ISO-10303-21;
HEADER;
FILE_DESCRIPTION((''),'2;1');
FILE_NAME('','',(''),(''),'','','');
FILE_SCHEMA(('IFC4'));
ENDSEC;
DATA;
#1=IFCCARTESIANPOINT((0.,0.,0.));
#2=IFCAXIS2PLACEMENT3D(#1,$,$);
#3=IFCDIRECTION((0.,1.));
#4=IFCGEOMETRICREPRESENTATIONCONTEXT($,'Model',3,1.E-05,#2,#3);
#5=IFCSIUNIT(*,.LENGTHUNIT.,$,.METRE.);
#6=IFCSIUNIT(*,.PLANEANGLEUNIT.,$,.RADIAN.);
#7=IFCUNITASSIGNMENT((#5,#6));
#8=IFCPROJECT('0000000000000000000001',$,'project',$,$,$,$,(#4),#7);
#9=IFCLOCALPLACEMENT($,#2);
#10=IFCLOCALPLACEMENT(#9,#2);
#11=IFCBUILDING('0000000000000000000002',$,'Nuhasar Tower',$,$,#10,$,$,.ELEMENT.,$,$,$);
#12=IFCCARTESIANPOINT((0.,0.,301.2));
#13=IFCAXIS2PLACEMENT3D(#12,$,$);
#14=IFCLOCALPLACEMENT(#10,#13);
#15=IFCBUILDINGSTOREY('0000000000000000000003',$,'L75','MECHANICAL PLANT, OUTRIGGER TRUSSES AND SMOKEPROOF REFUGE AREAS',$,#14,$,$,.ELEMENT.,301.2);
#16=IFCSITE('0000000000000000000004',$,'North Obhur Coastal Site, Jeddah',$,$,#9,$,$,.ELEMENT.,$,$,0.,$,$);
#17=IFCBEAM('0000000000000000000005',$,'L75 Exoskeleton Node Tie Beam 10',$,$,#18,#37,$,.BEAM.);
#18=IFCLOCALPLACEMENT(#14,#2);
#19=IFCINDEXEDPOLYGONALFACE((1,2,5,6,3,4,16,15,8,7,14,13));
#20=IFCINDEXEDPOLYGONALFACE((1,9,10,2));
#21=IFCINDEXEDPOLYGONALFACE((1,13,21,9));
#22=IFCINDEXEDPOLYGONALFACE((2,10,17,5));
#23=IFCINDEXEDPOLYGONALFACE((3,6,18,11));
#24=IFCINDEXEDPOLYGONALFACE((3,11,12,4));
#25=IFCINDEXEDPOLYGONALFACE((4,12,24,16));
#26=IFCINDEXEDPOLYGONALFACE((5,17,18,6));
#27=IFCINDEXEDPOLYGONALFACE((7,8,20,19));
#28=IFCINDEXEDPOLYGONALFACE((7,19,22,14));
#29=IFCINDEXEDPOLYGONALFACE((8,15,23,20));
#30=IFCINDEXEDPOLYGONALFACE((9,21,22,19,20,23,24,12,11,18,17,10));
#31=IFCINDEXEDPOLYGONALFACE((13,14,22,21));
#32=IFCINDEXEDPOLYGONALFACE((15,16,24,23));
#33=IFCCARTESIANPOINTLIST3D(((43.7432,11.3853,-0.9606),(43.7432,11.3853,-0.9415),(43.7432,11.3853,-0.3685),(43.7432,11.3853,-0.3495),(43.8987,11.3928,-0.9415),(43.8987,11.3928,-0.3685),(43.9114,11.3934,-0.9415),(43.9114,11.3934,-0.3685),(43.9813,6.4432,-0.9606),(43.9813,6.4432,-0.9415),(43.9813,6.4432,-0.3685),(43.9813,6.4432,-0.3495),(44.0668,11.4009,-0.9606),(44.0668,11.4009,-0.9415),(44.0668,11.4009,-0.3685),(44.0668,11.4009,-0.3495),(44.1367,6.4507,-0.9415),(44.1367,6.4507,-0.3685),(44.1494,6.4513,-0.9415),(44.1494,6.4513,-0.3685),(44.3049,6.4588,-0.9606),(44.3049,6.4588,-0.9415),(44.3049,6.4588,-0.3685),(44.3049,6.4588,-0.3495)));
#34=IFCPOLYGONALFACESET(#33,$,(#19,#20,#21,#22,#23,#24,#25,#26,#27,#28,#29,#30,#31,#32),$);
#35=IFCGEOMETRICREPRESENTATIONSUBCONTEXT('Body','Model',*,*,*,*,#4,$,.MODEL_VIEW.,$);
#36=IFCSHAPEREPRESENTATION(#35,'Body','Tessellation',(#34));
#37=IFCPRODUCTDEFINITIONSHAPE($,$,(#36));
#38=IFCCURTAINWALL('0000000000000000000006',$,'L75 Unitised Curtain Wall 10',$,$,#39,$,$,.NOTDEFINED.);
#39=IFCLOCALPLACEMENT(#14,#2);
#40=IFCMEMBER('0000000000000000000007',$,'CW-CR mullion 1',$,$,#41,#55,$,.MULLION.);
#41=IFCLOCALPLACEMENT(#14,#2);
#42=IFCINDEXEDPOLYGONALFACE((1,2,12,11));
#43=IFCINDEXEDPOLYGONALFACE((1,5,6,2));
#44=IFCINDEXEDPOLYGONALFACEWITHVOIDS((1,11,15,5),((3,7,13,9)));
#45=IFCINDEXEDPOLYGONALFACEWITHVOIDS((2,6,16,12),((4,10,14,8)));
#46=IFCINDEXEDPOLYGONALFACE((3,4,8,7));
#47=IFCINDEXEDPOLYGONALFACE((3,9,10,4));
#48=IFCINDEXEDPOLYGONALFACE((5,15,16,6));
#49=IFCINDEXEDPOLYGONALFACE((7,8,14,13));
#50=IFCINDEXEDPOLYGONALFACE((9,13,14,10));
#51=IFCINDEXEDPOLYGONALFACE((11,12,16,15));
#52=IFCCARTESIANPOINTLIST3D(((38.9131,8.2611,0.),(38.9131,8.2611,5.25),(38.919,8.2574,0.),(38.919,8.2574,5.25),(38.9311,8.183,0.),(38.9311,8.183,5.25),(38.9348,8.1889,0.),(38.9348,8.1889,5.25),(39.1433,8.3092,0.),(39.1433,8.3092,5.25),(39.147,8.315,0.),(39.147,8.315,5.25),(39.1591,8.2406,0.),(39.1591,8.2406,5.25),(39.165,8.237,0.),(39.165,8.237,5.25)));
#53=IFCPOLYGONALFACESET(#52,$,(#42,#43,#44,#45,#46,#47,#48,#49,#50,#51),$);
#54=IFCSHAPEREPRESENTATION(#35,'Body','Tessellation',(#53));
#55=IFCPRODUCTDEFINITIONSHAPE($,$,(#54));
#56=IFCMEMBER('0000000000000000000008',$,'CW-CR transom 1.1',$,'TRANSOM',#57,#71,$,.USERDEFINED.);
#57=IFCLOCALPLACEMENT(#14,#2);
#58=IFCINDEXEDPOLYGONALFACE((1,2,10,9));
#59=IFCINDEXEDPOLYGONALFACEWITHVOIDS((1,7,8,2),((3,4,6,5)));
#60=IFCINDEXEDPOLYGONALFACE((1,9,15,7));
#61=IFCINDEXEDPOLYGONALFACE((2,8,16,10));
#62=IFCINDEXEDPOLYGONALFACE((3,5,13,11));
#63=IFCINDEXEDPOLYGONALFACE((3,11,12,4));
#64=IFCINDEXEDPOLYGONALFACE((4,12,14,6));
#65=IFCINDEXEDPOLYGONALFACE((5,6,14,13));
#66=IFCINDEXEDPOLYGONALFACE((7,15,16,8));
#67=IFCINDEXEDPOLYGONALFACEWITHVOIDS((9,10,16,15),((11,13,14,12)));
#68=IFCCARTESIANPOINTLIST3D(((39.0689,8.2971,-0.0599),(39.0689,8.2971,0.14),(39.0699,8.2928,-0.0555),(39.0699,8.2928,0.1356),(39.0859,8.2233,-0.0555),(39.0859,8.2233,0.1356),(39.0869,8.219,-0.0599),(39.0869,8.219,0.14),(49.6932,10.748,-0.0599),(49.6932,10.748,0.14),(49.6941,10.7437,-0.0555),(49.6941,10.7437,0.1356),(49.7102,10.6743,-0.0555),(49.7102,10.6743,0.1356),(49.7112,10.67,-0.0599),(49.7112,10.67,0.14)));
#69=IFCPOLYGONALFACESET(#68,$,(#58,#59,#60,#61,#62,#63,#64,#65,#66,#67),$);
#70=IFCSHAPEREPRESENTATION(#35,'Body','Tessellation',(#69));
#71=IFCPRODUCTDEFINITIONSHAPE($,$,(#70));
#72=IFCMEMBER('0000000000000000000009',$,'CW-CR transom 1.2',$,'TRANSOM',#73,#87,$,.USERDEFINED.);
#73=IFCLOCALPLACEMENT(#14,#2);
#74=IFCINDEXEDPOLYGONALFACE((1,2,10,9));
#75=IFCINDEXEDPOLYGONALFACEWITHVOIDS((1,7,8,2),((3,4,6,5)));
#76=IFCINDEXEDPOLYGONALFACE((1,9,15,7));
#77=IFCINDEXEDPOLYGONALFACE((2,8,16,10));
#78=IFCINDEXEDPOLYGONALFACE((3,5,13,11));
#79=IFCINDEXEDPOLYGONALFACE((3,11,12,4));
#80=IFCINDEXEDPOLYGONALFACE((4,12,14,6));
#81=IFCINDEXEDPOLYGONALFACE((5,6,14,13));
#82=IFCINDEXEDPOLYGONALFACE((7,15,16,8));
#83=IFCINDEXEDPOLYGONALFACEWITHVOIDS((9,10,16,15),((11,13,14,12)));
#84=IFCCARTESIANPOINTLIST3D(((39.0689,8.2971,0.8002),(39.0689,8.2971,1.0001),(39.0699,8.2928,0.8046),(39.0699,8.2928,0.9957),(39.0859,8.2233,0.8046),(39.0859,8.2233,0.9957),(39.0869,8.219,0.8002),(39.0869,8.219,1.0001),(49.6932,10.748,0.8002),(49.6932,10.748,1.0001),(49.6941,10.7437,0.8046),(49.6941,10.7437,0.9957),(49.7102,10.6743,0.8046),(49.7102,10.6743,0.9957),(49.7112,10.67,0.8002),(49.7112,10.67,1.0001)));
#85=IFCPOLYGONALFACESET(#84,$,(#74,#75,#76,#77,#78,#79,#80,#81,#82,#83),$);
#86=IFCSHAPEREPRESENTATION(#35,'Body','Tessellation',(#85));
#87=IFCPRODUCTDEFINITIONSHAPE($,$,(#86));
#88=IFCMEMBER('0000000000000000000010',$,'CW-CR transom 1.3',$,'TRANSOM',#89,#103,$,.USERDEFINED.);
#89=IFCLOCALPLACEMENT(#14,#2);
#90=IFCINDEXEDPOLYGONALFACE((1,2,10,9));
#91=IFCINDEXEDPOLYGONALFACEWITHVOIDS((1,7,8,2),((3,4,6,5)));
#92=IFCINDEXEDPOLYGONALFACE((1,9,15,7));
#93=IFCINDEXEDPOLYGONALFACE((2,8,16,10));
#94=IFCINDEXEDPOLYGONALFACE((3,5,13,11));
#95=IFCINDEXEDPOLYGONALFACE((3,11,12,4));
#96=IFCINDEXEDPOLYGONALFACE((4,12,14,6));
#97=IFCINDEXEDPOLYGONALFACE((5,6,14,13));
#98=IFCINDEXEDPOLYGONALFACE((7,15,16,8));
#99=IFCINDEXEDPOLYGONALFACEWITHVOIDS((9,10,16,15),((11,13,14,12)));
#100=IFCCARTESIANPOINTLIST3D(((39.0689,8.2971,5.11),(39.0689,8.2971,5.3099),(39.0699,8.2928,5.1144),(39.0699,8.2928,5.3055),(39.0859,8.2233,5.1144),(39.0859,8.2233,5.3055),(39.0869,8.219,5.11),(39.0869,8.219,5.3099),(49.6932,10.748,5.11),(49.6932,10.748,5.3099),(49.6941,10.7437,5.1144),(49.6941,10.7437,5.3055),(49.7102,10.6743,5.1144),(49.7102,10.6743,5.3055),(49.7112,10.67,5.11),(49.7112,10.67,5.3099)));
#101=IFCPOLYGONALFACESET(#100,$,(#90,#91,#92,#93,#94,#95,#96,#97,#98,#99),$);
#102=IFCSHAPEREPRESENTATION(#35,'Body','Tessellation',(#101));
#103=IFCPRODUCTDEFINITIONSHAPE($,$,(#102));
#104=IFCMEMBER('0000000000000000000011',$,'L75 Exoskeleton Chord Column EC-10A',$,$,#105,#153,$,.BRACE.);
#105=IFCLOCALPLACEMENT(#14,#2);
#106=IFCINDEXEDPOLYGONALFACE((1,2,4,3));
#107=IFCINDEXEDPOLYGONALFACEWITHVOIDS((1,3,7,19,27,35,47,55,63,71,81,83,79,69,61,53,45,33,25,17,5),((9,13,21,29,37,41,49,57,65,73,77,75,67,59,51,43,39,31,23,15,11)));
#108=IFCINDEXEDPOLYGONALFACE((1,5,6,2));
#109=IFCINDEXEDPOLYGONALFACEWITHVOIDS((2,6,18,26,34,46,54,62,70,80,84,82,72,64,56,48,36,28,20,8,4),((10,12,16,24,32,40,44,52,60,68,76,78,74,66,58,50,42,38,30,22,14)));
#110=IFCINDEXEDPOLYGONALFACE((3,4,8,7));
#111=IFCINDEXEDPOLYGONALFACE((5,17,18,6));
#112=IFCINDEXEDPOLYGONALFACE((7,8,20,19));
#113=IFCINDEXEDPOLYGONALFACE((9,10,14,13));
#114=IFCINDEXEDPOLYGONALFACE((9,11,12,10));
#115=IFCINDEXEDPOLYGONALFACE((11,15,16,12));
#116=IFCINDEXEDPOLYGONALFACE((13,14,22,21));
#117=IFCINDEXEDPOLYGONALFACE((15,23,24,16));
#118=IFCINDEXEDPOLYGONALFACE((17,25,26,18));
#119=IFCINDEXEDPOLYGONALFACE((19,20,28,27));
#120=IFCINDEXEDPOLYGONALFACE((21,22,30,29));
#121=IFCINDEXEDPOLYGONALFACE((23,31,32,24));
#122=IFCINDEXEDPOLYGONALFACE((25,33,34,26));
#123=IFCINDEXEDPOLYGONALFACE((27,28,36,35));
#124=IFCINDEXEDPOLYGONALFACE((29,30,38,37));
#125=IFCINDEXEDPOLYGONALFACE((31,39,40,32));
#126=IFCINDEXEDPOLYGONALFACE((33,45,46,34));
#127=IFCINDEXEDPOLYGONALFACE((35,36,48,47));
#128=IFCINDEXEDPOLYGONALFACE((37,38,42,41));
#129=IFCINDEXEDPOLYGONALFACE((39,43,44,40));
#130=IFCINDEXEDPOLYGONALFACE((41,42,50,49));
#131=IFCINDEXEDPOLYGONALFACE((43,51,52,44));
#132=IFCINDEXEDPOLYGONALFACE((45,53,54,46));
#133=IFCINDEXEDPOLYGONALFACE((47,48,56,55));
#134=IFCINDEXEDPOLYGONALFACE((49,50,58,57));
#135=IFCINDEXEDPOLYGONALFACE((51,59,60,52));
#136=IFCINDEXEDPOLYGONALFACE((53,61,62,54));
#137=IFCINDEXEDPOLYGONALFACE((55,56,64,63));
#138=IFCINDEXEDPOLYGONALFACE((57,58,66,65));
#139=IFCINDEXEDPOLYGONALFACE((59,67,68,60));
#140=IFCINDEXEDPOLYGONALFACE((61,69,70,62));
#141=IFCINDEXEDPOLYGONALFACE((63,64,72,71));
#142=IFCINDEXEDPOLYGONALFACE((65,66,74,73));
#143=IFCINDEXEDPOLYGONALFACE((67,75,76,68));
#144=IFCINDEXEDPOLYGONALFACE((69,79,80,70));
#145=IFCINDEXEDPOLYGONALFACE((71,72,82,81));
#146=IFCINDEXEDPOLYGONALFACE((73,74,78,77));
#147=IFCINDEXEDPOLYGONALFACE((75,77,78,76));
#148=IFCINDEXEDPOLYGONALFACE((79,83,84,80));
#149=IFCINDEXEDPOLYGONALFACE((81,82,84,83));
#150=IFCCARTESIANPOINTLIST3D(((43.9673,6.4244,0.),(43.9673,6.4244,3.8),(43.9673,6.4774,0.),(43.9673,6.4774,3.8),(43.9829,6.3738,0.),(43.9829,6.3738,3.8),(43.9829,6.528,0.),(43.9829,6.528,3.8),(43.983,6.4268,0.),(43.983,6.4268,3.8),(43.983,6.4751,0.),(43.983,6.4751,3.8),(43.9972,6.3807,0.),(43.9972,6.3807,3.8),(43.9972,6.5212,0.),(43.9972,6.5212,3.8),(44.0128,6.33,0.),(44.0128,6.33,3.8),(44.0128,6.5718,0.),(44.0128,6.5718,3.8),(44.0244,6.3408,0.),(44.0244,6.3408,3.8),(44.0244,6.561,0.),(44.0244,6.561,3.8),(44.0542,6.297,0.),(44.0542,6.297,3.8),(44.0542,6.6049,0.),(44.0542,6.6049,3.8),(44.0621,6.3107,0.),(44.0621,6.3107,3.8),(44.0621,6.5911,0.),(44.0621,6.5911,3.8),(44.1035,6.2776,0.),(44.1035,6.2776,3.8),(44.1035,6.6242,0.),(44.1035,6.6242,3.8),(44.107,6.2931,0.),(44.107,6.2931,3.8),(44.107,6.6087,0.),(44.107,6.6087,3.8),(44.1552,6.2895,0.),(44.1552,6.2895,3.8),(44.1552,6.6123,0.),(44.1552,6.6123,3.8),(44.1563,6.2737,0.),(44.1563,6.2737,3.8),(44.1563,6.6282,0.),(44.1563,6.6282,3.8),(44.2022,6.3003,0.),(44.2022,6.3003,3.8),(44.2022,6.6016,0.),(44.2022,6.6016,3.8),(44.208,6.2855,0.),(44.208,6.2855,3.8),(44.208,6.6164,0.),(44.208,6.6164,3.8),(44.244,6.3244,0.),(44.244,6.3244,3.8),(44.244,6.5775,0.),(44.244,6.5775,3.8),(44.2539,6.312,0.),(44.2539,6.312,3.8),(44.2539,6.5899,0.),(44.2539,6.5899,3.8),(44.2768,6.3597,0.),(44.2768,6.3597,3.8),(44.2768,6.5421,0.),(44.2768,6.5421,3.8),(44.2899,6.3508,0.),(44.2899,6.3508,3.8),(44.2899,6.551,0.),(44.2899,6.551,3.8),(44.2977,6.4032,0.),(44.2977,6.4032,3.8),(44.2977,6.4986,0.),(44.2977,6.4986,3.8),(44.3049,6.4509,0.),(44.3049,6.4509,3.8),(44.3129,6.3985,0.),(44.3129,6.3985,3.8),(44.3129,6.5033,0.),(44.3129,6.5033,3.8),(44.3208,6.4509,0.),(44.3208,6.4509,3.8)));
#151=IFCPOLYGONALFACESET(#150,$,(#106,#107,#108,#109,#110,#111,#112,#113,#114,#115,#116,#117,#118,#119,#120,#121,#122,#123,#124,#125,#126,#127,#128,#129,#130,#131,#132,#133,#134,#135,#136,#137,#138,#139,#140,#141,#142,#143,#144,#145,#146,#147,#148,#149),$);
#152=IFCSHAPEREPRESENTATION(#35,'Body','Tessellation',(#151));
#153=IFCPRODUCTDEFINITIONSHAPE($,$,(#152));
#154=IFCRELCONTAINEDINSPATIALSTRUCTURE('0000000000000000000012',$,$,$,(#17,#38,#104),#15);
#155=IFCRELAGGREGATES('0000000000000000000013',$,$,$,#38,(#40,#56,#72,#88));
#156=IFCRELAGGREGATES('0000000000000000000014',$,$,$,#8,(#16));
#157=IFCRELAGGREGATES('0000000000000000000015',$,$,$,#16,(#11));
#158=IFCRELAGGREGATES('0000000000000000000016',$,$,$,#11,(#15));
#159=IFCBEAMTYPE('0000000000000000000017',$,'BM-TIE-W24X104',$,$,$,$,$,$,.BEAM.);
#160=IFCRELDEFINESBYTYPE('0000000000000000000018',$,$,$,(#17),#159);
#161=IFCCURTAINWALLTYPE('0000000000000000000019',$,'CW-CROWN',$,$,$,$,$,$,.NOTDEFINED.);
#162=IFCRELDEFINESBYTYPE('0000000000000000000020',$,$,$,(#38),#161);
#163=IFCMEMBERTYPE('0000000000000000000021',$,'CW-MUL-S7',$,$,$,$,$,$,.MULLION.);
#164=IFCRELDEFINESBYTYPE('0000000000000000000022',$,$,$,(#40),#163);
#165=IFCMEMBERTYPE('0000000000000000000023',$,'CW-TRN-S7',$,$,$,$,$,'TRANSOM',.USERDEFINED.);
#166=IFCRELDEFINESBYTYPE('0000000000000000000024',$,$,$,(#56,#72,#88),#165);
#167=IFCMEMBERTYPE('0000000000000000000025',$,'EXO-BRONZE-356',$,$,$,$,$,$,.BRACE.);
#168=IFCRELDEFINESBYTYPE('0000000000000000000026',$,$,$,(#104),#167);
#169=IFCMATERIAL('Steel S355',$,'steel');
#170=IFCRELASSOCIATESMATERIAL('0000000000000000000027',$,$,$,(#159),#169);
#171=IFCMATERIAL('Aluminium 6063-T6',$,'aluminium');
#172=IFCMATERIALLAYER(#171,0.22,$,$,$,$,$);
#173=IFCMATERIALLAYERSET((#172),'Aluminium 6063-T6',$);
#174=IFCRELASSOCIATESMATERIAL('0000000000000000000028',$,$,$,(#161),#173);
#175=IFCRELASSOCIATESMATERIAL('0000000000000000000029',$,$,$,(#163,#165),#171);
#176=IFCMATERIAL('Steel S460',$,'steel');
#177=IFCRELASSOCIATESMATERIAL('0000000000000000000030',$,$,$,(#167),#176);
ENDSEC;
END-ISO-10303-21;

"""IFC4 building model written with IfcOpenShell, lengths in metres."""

from ifc_helpers import new_model, si_unit, direction, frame, origin, origin_2d, place, context, subcontext, project, spatial, hollow_rectangle, hollow_circle, i_section, extrude, material, layer, layer_set, material_profile, profile_set, type_object, element, aggregate, save


model = new_model("IFC4")

# Units and contexts
model_context = context("Model", 3, precision=1e-05, world=origin(), true_north=direction((0.0, 1.0)))
body_context = subcontext(model_context, "Body", "Model", "MODEL_VIEW")
ifc_project = project(units=[si_unit("LENGTHUNIT", "METRE"), si_unit("PLANEANGLEUNIT", "RADIAN")], contexts=[model_context])

# Site, building, storey
site_placement = place(None, origin())
site = spatial("IfcSite", under=ifc_project, at=site_placement, Name="North Obhur Coastal Site, Jeddah", CompositionType="ELEMENT", RefElevation=0.0)
building_placement = place(site_placement, origin())
building = spatial("IfcBuilding", under=site, at=building_placement, Name="Nuhasar Tower", CompositionType="ELEMENT")
storey_placement = place(building_placement, frame((0.0, 0.0, 301.2)))
storey = spatial("IfcBuildingStorey", under=building, at=storey_placement, Name="L75", Description="MECHANICAL PLANT, OUTRIGGER TRUSSES AND SMOKEPROOF REFUGE AREAS", CompositionType="ELEMENT", Elevation=301.2)

# Shared definitions
ifc_material_1 = material(Name="Steel S460", Category="steel")

# Beam
ifc_material_2 = material(Name="Steel S355", Category="steel")
ifc_material_profile_1 = material_profile(ifc_material_2, i_section(OverallWidth=0.324, OverallDepth=0.6111, WebThickness=0.0127, FlangeThickness=0.019, at=origin_2d()), Name="W24X104")
ifc_profile_set_1 = profile_set([ifc_material_profile_1], Name="Steel S355")
beam_type_1 = type_object("IfcBeamType", Name="BM-TIE-W24X104", PredefinedType="BEAM", material=ifc_profile_set_1)
beam_1_placement = place(storey_placement, frame((43.905, 11.3931, -0.655), z_axis=(0.048109, -0.998842, 0.0), x_axis=(0.998842, 0.048109, 0.0)))
element("IfcBeam", 1, at=beam_1_placement, inside=storey, type_object=beam_type_1, Name="L75 Exoskeleton Node Tie Beam 10", PredefinedType="BEAM", context=body_context, shape_type="SweptSolid", body=[
    extrude(i_section(OverallWidth=0.324, OverallDepth=0.6111, WebThickness=0.0127, FlangeThickness=0.019, at=origin_2d()), origin(), (0.0, 0.0, 1.0), 4.9478),
])

# Curtain wall, members
ifc_material_3 = material(Name="Aluminium 6063-T6", Category="aluminium")
ifc_layer_1 = layer(ifc_material_3, 0.22)
ifc_layer_set_1 = layer_set([ifc_layer_1], Name="Aluminium 6063-T6")
curtain_wall_type = type_object("IfcCurtainWallType", Name="CW-CROWN", PredefinedType="NOTDEFINED", material=ifc_layer_set_1)
curtain_wall_placement = place(storey_placement, origin())
curtain_wall = element("IfcCurtainWall", 2, at=curtain_wall_placement, inside=storey, type_object=curtain_wall_type, Name="L75 Unitised Curtain Wall 10", PredefinedType="NOTDEFINED")
ifc_material_profile_2 = material_profile(ifc_material_3, hollow_rectangle(XDim=0.0801, YDim=0.24, WallThickness=0.0049, at=origin_2d()), Name="CWM-7")
ifc_profile_set_2 = profile_set([ifc_material_profile_2], Name="Aluminium 6063-T6")
member_type_1 = type_object("IfcMemberType", Name="CW-MUL-S7", PredefinedType="MULLION", material=ifc_profile_set_2)
member_1_placement = place(storey_placement, frame((39.0391, 8.249, 0.0), z_axis=(0.0, 0.0, 1.0), x_axis=(-0.2248, 0.974405, 0.0)))
member_1 = element("IfcMember", 3, at=member_1_placement, type_object=member_type_1, Name="CW-CR mullion 1", PredefinedType="MULLION", context=body_context, shape_type="SweptSolid", body=[
    extrude(hollow_rectangle(XDim=0.0801, YDim=0.24, WallThickness=0.0049, at=origin_2d()), origin(), (0.0, 0.0, 1.0), 5.25),
])
ifc_material_profile_3 = material_profile(ifc_material_3, hollow_rectangle(XDim=0.0801, YDim=0.2, WallThickness=0.0044, at=origin_2d()), Name="CWT-7")
ifc_profile_set_3 = profile_set([ifc_material_profile_3], Name="Aluminium 6063-T6")
member_type_2 = type_object("IfcMemberType", Name="CW-TRN-S7", ElementType="TRANSOM", PredefinedType="USERDEFINED", material=ifc_profile_set_3)
member_2_placement = place(storey_placement, frame((39.0779, 8.2581, 0.04), z_axis=(0.974408, 0.224788, 0.0), x_axis=(-0.224788, 0.974408, 0.0)))
member_2 = element("IfcMember", 4, at=member_2_placement, type_object=member_type_2, Name="CW-CR transom 1.1", ObjectType="TRANSOM", PredefinedType="USERDEFINED", context=body_context, shape_type="SweptSolid", body=[
    extrude(hollow_rectangle(XDim=0.0801, YDim=0.2, WallThickness=0.0044, at=origin_2d()), origin(), (0.0, 0.0, 1.0), 10.9033),
])
member_3_placement = place(storey_placement, frame((39.0779, 8.2581, 0.9001), z_axis=(0.974408, 0.224788, 0.0), x_axis=(-0.224788, 0.974408, 0.0)))
member_3 = element("IfcMember", 5, at=member_3_placement, type_object=member_type_2, Name="CW-CR transom 1.2", ObjectType="TRANSOM", PredefinedType="USERDEFINED", context=body_context, shape_type="SweptSolid", body=[
    extrude(hollow_rectangle(XDim=0.0801, YDim=0.2, WallThickness=0.0044, at=origin_2d()), origin(), (0.0, 0.0, 1.0), 10.9033),
])
member_4_placement = place(storey_placement, frame((39.0779, 8.2581, 5.21), z_axis=(0.974408, 0.224788, 0.0), x_axis=(-0.224788, 0.974408, 0.0)))
member_4 = element("IfcMember", 6, at=member_4_placement, type_object=member_type_2, Name="CW-CR transom 1.3", ObjectType="TRANSOM", PredefinedType="USERDEFINED", context=body_context, shape_type="SweptSolid", body=[
    extrude(hollow_rectangle(XDim=0.0801, YDim=0.2, WallThickness=0.0044, at=origin_2d()), origin(), (0.0, 0.0, 1.0), 10.9033),
])

# Member
ifc_material_profile_4 = material_profile(ifc_material_1, hollow_circle(Radius=0.1777, WallThickness=0.0159, at=origin_2d()), Name="HSS355.6X15.9")
ifc_profile_set_4 = profile_set([ifc_material_profile_4], Name="Steel S460")
member_type_3 = type_object("IfcMemberType", Name="EXO-BRONZE-356", PredefinedType="BRACE", material=ifc_profile_set_4)
for number, where, z_axis, x_axis, name in (
    (7, (44.1431, 6.4509, 0.0), (0.0, 0.0, 1.0), (1.0, 0.0, 0.0), "L75 Exoskeleton Chord Column EC-10A"),
):
    element("IfcMember", number, at=place(storey_placement, frame(where, z_axis=z_axis, x_axis=x_axis)), inside=storey, type_object=member_type_3, Name=name, PredefinedType="BRACE", context=body_context, shape_type="SweptSolid", body=[
        extrude(hollow_circle(Radius=0.1777, WallThickness=0.0159, at=origin_2d()), origin(), (0.0, 0.0, 1.0), 3.8),
    ])

aggregate(curtain_wall, [member_1, member_2, member_3, member_4])

save(model, "model.ifc")
